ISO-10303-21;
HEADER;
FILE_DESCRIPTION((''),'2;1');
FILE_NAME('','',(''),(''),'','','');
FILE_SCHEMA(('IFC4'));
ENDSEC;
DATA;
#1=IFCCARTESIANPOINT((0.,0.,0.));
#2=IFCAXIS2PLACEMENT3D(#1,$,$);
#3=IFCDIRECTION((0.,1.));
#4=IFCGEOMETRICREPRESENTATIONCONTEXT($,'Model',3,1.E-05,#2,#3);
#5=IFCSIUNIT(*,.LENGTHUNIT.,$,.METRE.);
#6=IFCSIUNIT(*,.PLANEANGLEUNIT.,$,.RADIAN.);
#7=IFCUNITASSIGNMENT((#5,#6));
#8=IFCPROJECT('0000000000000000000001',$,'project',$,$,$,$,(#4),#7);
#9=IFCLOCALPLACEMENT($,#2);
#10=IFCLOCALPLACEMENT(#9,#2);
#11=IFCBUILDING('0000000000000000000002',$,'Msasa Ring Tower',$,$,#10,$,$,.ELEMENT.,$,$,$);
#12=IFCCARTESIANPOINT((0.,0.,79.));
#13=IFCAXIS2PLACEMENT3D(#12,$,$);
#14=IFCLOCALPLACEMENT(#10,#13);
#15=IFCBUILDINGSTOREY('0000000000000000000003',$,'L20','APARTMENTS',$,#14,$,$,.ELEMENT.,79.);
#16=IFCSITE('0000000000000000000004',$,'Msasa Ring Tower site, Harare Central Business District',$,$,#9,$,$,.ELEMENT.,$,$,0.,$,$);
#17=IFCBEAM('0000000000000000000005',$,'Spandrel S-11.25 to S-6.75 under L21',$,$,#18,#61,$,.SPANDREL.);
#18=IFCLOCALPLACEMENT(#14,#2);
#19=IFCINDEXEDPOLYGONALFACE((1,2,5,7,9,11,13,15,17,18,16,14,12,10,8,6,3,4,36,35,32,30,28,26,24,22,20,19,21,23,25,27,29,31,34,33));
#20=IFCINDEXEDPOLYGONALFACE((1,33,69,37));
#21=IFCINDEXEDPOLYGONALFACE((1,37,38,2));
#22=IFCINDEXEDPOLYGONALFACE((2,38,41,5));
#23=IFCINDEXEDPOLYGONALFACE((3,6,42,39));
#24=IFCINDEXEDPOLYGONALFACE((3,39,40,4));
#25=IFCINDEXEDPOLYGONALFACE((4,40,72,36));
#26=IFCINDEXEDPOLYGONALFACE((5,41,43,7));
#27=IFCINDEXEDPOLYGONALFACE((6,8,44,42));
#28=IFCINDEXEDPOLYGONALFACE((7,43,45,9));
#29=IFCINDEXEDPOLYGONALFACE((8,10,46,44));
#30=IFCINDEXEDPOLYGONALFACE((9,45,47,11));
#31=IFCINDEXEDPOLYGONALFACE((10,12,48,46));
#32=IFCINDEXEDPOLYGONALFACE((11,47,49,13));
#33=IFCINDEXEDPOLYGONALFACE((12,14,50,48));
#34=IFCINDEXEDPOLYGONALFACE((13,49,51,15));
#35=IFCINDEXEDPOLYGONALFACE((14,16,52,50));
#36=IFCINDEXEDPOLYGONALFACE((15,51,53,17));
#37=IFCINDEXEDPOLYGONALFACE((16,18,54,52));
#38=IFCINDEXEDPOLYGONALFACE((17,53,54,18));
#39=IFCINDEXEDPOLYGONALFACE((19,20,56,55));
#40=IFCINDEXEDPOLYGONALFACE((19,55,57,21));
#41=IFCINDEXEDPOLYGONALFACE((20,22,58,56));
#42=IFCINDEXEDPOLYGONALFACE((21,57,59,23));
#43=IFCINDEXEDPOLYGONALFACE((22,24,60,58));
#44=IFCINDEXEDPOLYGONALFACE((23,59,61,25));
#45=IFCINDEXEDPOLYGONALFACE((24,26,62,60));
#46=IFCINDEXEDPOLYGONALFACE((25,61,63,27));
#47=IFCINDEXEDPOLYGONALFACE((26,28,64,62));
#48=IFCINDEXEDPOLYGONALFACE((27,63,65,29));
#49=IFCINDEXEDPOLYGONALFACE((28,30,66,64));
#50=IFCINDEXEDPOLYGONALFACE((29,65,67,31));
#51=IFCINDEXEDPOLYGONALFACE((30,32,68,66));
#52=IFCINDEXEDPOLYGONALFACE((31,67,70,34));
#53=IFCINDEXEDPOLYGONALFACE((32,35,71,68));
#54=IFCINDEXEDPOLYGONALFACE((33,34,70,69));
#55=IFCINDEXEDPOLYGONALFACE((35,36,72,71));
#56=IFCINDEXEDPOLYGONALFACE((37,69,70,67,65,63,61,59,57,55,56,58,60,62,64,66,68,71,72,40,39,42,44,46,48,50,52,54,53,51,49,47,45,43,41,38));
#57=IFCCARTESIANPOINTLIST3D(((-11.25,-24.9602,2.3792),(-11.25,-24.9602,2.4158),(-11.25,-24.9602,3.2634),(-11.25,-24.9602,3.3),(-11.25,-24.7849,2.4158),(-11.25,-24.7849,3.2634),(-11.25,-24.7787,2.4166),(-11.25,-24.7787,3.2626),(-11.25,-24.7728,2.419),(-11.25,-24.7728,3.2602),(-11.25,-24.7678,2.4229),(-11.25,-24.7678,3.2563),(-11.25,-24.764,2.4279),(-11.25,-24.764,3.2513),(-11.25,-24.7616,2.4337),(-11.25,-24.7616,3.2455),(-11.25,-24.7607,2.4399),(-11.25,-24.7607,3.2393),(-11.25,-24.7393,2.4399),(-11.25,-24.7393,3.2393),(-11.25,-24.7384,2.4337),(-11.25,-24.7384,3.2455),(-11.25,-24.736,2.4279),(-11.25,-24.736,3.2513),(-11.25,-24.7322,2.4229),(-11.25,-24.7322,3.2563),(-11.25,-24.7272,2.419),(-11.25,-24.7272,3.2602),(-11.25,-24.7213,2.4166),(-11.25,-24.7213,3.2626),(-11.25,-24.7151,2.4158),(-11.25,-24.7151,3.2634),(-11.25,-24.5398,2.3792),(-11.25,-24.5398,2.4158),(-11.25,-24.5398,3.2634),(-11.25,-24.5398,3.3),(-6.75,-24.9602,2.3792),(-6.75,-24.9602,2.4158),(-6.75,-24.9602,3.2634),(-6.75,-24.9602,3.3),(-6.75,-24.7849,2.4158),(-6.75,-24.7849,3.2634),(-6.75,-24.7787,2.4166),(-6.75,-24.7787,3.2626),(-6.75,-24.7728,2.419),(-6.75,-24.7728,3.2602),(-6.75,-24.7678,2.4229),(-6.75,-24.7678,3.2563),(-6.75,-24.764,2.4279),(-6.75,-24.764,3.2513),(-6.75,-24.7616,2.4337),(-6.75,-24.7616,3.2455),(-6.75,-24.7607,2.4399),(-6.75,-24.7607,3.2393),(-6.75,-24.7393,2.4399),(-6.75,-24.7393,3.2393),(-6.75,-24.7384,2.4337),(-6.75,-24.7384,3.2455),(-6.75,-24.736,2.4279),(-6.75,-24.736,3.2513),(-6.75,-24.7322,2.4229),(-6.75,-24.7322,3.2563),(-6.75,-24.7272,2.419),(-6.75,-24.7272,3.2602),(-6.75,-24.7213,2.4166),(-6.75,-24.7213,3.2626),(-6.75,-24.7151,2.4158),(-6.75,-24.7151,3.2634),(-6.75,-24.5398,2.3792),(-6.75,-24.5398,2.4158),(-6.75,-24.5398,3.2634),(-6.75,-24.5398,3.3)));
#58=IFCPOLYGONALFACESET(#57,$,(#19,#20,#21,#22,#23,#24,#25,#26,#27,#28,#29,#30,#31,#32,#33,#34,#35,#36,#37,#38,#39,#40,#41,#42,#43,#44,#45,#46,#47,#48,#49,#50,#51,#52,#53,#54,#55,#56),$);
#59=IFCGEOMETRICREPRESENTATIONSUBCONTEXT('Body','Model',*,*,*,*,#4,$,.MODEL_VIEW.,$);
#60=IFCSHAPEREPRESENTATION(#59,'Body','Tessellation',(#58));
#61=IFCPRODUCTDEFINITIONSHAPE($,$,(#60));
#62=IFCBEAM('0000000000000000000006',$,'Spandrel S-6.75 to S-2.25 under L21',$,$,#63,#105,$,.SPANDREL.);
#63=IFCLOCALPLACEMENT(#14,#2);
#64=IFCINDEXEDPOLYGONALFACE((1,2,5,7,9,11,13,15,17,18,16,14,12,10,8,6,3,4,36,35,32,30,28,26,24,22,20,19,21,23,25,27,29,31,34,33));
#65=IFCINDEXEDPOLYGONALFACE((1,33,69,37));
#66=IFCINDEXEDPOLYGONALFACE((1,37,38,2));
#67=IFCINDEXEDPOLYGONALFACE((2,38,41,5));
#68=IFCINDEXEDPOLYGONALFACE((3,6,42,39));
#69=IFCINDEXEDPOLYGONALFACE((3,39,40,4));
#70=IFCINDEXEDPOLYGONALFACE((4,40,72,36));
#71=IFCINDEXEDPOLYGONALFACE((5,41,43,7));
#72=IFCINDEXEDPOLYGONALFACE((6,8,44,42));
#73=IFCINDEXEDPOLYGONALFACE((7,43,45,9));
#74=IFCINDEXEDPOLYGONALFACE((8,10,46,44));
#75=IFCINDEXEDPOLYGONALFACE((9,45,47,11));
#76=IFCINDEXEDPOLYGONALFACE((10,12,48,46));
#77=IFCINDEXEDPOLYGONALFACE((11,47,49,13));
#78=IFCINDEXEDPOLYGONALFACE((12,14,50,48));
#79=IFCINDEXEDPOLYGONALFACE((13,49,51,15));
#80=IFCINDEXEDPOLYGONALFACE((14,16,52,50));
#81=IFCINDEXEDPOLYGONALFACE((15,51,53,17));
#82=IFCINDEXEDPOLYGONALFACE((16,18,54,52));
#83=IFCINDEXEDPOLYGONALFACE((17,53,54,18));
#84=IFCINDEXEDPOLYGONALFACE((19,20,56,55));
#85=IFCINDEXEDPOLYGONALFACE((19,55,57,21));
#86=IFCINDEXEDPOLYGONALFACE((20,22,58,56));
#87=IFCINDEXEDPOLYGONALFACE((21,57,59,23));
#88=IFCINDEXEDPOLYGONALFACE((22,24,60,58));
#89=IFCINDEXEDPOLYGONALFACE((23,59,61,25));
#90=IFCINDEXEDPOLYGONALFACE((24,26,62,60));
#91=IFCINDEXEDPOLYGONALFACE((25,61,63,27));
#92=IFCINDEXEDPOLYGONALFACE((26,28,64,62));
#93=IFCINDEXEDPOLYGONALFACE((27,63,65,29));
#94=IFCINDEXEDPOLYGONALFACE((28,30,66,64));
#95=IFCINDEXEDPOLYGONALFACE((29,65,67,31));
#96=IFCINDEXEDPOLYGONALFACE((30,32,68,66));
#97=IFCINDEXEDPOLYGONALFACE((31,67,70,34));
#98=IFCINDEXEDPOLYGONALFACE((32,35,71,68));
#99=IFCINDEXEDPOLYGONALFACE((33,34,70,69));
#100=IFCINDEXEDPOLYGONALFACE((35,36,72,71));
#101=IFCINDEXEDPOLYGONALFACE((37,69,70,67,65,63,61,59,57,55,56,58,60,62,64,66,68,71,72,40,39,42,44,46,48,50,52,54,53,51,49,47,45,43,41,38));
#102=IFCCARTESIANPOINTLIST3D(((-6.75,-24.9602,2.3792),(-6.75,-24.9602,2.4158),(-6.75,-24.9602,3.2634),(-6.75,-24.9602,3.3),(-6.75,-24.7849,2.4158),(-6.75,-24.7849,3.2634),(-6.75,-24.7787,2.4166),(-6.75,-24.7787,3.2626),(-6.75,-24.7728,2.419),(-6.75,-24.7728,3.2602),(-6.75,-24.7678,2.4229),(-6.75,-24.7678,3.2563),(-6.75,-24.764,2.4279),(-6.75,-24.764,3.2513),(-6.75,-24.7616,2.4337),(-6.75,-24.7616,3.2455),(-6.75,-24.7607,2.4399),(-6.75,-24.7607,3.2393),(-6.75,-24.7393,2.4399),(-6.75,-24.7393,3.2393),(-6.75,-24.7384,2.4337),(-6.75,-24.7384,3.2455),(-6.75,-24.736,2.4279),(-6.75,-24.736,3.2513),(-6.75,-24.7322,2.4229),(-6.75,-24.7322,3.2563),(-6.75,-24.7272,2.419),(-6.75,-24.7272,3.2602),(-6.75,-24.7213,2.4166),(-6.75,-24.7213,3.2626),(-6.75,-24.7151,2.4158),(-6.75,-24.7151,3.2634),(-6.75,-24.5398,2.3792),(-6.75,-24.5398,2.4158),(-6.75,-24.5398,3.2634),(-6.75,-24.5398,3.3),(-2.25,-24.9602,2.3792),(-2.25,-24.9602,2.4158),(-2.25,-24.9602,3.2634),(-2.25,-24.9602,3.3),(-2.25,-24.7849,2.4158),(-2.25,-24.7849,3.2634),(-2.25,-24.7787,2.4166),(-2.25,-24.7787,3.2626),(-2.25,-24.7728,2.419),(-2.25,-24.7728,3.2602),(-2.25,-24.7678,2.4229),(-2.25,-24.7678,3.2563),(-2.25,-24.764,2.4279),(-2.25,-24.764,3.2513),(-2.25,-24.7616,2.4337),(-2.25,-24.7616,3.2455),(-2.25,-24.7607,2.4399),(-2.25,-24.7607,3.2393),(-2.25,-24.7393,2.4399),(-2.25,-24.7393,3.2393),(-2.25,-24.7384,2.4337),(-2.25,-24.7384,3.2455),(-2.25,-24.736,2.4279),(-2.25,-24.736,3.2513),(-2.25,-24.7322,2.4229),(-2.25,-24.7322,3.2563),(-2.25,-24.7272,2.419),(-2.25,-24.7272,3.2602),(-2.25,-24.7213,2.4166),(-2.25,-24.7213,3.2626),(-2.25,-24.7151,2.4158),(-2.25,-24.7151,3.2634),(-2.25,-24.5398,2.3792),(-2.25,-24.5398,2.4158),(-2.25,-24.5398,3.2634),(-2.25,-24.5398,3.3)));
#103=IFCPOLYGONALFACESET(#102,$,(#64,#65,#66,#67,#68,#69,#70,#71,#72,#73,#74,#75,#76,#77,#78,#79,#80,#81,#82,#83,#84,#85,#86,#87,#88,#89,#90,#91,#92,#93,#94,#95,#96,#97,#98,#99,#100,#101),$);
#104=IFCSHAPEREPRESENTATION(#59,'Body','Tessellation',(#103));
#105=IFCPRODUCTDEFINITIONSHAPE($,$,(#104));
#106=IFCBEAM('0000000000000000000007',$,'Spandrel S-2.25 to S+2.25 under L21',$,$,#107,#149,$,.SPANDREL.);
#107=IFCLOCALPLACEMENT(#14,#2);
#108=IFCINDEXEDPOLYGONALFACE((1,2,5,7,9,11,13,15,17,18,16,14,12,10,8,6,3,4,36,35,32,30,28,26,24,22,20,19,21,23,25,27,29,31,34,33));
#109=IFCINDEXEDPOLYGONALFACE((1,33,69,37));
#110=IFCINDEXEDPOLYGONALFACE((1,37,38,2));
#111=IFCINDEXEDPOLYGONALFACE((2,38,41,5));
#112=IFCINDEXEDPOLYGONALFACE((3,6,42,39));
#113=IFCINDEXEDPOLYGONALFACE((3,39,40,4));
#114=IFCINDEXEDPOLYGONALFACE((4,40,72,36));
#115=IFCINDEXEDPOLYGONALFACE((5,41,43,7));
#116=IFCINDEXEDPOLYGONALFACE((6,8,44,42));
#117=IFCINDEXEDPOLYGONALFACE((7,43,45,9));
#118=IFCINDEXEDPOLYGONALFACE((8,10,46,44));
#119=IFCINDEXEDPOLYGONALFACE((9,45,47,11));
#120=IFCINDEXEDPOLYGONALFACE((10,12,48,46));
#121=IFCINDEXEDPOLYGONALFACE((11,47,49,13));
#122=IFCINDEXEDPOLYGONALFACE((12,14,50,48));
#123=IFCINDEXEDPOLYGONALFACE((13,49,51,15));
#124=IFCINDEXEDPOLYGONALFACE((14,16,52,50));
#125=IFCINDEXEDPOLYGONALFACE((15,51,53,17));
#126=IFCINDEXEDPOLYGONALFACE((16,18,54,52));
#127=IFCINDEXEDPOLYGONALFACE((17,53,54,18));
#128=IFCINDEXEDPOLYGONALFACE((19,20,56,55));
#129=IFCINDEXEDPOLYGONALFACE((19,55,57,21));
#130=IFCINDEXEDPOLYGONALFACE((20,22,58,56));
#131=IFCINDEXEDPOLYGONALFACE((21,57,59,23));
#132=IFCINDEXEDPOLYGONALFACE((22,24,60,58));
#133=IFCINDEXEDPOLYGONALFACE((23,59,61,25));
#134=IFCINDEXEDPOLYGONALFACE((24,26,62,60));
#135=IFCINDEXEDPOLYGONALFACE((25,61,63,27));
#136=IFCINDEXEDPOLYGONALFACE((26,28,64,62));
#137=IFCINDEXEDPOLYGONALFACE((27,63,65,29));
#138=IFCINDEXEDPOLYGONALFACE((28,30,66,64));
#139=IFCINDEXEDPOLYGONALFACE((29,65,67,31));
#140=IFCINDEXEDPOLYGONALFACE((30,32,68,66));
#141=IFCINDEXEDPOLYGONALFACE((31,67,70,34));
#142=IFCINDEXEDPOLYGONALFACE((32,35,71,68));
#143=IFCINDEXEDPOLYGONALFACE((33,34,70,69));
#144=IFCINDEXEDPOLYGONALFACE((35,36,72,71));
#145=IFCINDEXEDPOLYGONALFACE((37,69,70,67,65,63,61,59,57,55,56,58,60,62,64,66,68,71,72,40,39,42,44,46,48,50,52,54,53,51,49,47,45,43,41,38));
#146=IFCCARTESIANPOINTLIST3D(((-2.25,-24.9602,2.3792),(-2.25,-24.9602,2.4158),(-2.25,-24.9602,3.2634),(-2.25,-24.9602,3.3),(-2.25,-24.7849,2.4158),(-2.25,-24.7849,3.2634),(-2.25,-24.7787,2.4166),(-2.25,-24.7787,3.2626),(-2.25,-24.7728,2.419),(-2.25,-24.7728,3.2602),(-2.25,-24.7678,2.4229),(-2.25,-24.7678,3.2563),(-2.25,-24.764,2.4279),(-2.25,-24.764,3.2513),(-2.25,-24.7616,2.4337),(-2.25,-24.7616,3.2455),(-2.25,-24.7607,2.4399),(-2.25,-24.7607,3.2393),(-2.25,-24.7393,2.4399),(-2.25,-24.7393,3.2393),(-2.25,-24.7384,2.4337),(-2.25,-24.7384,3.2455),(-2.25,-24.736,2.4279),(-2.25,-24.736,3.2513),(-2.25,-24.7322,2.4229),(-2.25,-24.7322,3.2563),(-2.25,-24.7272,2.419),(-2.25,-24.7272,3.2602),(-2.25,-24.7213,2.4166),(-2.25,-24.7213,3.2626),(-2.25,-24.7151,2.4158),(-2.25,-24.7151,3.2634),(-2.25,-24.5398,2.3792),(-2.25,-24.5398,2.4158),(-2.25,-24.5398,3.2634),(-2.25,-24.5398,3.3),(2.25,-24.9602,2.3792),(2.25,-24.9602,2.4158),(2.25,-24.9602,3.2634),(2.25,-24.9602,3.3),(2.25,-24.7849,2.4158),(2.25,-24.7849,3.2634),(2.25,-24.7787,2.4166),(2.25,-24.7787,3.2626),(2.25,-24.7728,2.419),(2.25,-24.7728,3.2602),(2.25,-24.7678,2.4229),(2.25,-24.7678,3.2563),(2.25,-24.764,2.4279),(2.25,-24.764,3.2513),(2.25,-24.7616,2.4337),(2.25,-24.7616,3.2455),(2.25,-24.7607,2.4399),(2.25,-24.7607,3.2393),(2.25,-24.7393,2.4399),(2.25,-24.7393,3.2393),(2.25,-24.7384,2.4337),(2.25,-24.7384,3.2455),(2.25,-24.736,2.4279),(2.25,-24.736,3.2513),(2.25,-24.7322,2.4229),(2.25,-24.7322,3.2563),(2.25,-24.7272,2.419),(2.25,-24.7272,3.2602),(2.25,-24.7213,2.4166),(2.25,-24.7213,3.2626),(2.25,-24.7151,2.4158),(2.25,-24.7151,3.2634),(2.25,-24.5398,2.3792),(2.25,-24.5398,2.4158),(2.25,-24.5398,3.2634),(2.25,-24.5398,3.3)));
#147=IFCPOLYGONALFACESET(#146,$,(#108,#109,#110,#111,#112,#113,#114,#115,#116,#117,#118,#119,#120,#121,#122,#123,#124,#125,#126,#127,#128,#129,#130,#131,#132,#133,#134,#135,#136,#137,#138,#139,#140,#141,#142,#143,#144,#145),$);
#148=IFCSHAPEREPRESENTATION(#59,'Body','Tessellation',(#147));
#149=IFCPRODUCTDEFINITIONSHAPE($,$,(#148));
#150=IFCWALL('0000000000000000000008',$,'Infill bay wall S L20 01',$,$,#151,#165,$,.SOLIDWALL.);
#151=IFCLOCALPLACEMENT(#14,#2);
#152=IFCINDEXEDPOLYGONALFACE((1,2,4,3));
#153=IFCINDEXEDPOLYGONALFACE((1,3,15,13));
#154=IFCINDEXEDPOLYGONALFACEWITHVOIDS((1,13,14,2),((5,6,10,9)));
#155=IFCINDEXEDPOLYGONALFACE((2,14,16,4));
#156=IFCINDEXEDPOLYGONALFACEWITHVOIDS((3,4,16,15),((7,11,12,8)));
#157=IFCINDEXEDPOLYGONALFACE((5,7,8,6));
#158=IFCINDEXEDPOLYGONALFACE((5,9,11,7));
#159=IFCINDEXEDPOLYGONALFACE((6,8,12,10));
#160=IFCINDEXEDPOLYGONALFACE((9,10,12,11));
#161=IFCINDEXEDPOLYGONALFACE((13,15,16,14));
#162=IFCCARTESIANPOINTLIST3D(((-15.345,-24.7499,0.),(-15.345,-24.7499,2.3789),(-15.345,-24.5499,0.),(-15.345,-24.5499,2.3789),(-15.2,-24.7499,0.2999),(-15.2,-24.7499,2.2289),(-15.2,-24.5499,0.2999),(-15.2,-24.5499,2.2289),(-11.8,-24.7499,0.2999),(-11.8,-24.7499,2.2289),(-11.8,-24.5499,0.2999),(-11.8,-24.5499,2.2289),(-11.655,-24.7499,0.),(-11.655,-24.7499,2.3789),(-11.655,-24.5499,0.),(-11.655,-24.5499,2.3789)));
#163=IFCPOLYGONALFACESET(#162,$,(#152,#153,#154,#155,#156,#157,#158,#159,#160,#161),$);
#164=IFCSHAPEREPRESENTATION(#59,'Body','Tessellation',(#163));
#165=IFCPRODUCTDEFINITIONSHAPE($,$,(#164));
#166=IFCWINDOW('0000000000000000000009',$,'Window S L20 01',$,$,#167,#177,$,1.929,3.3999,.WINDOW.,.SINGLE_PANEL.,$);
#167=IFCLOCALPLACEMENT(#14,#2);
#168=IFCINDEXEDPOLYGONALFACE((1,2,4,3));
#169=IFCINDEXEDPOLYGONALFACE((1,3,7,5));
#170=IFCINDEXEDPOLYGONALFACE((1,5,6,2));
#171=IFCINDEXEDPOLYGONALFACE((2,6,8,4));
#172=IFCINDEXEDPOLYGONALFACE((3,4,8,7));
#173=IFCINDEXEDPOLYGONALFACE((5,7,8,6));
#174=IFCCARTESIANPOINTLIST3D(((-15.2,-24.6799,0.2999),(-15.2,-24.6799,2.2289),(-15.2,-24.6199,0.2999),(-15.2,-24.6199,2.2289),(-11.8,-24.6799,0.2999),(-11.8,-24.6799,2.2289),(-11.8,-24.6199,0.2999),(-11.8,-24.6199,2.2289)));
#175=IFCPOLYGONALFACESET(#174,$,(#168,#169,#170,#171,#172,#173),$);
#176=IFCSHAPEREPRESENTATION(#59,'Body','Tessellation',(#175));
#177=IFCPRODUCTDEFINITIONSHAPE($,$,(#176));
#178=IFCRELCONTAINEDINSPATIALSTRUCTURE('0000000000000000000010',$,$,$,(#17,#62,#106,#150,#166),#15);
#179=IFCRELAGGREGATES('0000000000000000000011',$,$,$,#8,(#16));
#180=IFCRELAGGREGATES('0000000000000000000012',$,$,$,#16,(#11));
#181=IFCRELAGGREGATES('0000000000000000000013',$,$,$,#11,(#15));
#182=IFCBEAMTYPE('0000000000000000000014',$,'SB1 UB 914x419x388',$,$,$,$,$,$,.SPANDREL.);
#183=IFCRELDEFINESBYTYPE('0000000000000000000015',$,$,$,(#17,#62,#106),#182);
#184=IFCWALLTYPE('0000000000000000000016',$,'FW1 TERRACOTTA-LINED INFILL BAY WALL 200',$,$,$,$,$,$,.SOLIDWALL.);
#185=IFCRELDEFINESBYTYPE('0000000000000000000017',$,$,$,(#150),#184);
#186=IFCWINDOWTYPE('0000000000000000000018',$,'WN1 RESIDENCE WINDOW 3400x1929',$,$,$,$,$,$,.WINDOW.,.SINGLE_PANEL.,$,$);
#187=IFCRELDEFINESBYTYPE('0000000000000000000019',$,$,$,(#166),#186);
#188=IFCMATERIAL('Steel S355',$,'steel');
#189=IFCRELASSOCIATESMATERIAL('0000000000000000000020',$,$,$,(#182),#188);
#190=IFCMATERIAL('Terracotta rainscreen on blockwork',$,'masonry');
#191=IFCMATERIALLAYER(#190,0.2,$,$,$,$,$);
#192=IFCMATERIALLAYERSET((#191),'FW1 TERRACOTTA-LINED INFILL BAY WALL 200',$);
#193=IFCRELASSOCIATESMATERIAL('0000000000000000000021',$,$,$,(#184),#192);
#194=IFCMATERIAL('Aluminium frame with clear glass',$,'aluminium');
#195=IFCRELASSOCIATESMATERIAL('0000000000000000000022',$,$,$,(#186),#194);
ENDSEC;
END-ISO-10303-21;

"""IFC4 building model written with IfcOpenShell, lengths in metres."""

from ifc_helpers import new_model, si_unit, direction, frame, frame_2d, origin, origin_2d, place, context, subcontext, project, spatial, rectangle, i_section, extrude, material, layer, layer_set, material_profile, profile_set, type_object, element, fill, save


model = new_model("IFC4")

# Units and contexts
model_context = context("Model", 3, precision=1e-05, world=origin(), true_north=direction((0.0, 1.0)))
body_context = subcontext(model_context, "Body", "Model", "MODEL_VIEW")
ifc_project = project(units=[si_unit("LENGTHUNIT", "METRE"), si_unit("PLANEANGLEUNIT", "RADIAN")], contexts=[model_context])

# Site, building, storey
site_placement = place(None, origin())
site = spatial("IfcSite", under=ifc_project, at=site_placement, Name="Msasa Ring Tower site, Harare Central Business District", CompositionType="ELEMENT", RefElevation=0.0)
building_placement = place(site_placement, origin())
building = spatial("IfcBuilding", under=site, at=building_placement, Name="Msasa Ring Tower", CompositionType="ELEMENT")
storey_placement = place(building_placement, frame((0.0, 0.0, 79.0)))
storey = spatial("IfcBuildingStorey", under=building, at=storey_placement, Name="L20", Description="APARTMENTS", CompositionType="ELEMENT", Elevation=79.0)

# Beams
ifc_material_1 = material(Name="Steel S355", Category="steel")
ifc_material_profile_1 = material_profile(ifc_material_1, i_section(OverallWidth=0.4204, OverallDepth=0.9209, WebThickness=0.0215, FlangeThickness=0.0366, FilletRadius=0.0242, at=origin_2d()), Name="UB 914x419x388")
ifc_profile_set_1 = profile_set([ifc_material_profile_1], Name="Steel S355")
beam_type_1 = type_object("IfcBeamType", Name="SB1 UB 914x419x388", PredefinedType="SPANDREL", material=ifc_profile_set_1)
for number, where, z_axis, x_axis, name in (
    (1, (-11.25, -24.75, 2.8396), (1.0, 0.0, 0.0), (0.0, 1.0, 0.0), "Spandrel S-11.25 to S-6.75 under L21"),
    (2, (-6.75, -24.75, 2.8396), (1.0, 0.0, 0.0), (0.0, 1.0, 0.0), "Spandrel S-6.75 to S-2.25 under L21"),
    (3, (-2.25, -24.75, 2.8396), (1.0, 0.0, 0.0), (0.0, 1.0, 0.0), "Spandrel S-2.25 to S+2.25 under L21"),
):
    element("IfcBeam", number, at=place(storey_placement, frame(where, z_axis=z_axis, x_axis=x_axis)), inside=storey, type_object=beam_type_1, Name=name, PredefinedType="SPANDREL", context=body_context, shape_type="SweptSolid", body=[
        extrude(i_section(OverallWidth=0.4204, OverallDepth=0.9209, WebThickness=0.0215, FlangeThickness=0.0366, FilletRadius=0.0242, at=origin_2d()), origin(), (0.0, 0.0, 1.0), 4.5),
    ])

# Wall, opening, window
ifc_material_2 = material(Name="Terracotta rainscreen on blockwork", Category="masonry")
ifc_layer_1 = layer(ifc_material_2, 0.2)
ifc_layer_set_1 = layer_set([ifc_layer_1], Name="FW1 TERRACOTTA-LINED INFILL BAY WALL 200")
wall_type_1 = type_object("IfcWallType", Name="FW1 TERRACOTTA-LINED INFILL BAY WALL 200", PredefinedType="SOLIDWALL", material=ifc_layer_set_1)
wall_1_placement = place(storey_placement, frame((-15.345, -24.6499, 0.0), z_axis=(0.0, 0.0, 1.0), x_axis=(1.0, 0.0, 0.0)))
wall_1 = element("IfcWall", 4, at=wall_1_placement, inside=storey, type_object=wall_type_1, Name="Infill bay wall S L20 01", PredefinedType="SOLIDWALL", context=body_context, shape_type="SweptSolid", body=[
    extrude(rectangle(XDim=3.6899, YDim=0.2, at=frame_2d((1.845, 0.0))), origin(), (0.0, 0.0, 1.0), 2.3789),
])
opening_1_placement = place(wall_1_placement, frame((0.145, 0.0, 0.3)))
opening_1 = element("IfcOpeningElement", 5, at=opening_1_placement, cuts=wall_1, PredefinedType="OPENING", context=body_context, shape_type="SweptSolid", body=[
    extrude(rectangle(XDim=3.3999, YDim=1.929, at=frame_2d((1.7, 0.9644))), frame((0.0, 0.1099, 0.0), z_axis=(0.0, -1.0, 0.0), x_axis=(1.0, 0.0, 0.0)), (0.0, 0.0, 1.0), 0.22),
])
ifc_material_3 = material(Name="Aluminium frame with clear glass", Category="aluminium")
window_type = type_object("IfcWindowType", Name="WN1 RESIDENCE WINDOW 3400x1929", PartitioningType="SINGLE_PANEL", PredefinedType="WINDOW", material=ifc_material_3)
window_1_placement = place(opening_1_placement, origin())
window_1 = element("IfcWindow", 6, at=window_1_placement, inside=storey, type_object=window_type, Name="Window S L20 01", OverallHeight=1.929, OverallWidth=3.3999, PartitioningType="SINGLE_PANEL", PredefinedType="WINDOW", context=body_context, shape_type="SweptSolid", body=[
    extrude(rectangle(XDim=3.3999, YDim=1.929, at=frame_2d((1.7, 0.9644))), frame((0.0, 0.03, 0.0), z_axis=(0.0, -1.0, 0.0), x_axis=(1.0, 0.0, 0.0)), (0.0, 0.0, 1.0), 0.0601),
])
fill(opening_1, window_1)

save(model, "model.ifc")
